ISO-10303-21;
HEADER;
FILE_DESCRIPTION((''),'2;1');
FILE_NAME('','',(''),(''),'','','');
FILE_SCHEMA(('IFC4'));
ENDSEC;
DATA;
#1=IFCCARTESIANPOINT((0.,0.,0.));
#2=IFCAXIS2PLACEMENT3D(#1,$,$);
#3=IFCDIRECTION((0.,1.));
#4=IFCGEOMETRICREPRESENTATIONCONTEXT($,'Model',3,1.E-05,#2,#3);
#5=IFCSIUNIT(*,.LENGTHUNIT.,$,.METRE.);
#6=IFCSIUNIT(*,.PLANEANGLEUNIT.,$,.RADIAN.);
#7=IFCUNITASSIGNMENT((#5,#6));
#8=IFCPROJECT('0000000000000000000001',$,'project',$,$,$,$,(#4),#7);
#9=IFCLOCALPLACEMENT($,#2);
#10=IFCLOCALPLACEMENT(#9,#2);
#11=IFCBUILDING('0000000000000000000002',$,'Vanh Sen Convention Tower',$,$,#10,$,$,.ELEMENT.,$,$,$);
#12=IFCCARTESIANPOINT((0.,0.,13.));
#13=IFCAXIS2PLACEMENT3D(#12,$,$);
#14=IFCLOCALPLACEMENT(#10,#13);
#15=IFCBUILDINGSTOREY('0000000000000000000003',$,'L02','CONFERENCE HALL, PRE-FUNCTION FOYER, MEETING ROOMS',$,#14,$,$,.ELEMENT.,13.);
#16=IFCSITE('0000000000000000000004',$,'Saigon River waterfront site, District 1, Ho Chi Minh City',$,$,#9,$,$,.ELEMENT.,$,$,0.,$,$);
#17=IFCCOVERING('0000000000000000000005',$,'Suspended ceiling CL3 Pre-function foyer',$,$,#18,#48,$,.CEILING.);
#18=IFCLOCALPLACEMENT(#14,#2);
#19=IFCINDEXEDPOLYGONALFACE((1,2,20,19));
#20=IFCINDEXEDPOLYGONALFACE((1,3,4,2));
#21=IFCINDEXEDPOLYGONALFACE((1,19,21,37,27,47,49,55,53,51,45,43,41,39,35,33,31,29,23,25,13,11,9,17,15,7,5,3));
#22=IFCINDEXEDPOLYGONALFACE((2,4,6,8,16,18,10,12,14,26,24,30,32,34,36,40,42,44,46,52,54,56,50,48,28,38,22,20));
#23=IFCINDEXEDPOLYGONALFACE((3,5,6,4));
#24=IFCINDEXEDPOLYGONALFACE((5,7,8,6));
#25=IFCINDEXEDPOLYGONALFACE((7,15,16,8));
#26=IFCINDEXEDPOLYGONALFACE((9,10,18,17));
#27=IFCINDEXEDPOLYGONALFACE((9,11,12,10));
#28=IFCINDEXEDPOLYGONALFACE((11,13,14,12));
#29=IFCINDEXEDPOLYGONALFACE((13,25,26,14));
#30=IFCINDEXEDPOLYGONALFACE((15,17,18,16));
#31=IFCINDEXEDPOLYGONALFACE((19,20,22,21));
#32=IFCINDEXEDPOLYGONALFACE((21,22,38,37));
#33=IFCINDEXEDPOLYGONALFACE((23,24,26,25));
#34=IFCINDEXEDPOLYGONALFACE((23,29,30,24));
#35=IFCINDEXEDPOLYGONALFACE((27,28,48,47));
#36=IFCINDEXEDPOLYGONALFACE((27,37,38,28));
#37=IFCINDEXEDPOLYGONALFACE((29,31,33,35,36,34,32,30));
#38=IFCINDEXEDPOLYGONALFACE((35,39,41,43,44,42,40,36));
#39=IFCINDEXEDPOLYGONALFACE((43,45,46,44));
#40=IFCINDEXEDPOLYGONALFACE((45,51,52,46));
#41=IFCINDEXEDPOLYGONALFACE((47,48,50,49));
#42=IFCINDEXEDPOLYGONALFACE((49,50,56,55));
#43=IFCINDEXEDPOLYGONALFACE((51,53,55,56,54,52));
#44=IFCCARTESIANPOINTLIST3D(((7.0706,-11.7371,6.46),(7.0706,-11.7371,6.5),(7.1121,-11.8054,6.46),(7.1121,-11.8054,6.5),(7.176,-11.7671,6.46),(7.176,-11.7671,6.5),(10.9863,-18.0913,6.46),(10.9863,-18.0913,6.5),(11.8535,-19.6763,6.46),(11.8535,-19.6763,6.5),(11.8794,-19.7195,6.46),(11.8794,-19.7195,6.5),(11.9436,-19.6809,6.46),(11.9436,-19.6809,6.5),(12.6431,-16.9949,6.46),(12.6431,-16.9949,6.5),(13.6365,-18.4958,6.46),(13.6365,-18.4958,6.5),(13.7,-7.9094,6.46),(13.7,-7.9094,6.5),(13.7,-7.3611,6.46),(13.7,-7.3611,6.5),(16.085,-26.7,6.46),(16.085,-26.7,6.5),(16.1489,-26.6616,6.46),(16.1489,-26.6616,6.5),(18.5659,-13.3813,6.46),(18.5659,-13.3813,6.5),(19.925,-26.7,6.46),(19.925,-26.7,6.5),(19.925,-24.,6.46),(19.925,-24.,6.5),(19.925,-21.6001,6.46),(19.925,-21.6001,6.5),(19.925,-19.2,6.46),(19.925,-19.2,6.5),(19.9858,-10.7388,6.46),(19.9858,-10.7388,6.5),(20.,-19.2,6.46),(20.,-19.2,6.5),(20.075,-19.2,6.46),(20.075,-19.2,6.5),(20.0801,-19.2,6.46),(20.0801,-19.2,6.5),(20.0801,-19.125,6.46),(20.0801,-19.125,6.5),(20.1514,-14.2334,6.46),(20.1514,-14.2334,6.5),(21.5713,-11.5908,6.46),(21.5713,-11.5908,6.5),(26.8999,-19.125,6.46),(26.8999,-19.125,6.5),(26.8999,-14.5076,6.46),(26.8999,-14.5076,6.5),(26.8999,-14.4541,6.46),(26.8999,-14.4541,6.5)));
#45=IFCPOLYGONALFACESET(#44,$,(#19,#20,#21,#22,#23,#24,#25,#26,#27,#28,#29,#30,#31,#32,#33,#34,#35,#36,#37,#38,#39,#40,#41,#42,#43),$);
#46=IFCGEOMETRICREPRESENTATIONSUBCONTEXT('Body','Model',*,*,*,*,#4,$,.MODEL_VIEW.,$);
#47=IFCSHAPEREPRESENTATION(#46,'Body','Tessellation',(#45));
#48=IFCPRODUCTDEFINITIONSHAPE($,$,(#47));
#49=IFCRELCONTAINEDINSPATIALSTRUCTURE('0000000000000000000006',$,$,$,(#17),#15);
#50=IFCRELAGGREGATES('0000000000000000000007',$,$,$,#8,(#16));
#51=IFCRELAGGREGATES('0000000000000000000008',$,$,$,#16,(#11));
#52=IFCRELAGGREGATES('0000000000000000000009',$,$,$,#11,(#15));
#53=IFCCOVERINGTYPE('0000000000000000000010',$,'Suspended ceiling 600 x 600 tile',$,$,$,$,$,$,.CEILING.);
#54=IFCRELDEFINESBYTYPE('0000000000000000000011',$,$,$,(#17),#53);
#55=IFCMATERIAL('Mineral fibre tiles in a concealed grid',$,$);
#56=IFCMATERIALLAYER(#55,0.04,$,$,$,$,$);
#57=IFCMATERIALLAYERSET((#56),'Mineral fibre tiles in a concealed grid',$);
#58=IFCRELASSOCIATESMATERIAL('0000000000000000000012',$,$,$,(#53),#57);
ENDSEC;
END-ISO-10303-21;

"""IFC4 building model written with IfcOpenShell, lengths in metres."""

from ifc_helpers import new_model, si_unit, direction, frame, origin, place, context, subcontext, project, spatial, polyline, outline, extrude, material, layer, layer_set, type_object, element, save


model = new_model("IFC4")

# Units and contexts
model_context = context("Model", 3, precision=1e-05, world=origin(), true_north=direction((0.0, 1.0)))
body_context = subcontext(model_context, "Body", "Model", "MODEL_VIEW")
ifc_project = project(units=[si_unit("LENGTHUNIT", "METRE"), si_unit("PLANEANGLEUNIT", "RADIAN")], contexts=[model_context])

# Site, building, storey
site_placement = place(None, origin())
site = spatial("IfcSite", under=ifc_project, at=site_placement, Name="Saigon River waterfront site, District 1, Ho Chi Minh City", CompositionType="ELEMENT", RefElevation=0.0)
building_placement = place(site_placement, origin())
building = spatial("IfcBuilding", under=site, at=building_placement, Name="Vanh Sen Convention Tower", CompositionType="ELEMENT")
storey_placement = place(building_placement, frame((0.0, 0.0, 13.0)))
storey = spatial("IfcBuildingStorey", under=building, at=storey_placement, Name="L02", Description="CONFERENCE HALL, PRE-FUNCTION FOYER, MEETING ROOMS", CompositionType="ELEMENT", Elevation=13.0)

# Covering
ifc_material_1 = material(Name="Mineral fibre tiles in a concealed grid")
ifc_layer_1 = layer(ifc_material_1, 0.04)
ifc_layer_set_1 = layer_set([ifc_layer_1], Name="Mineral fibre tiles in a concealed grid")
covering_type = type_object("IfcCoveringType", Name="Suspended ceiling 600 x 600 tile", PredefinedType="CEILING", material=ifc_layer_set_1)
covering_placement = place(storey_placement, frame((0.0, 0.0, 6.46)))
element("IfcCovering", 1, at=covering_placement, inside=storey, type_object=covering_type, Name="Suspended ceiling CL3 Pre-function foyer", PredefinedType="CEILING", context=body_context, shape_type="SweptSolid", body=[
    extrude(outline(polyline([(20.0, -19.2), (20.075, -19.2), (20.0801, -19.2), (20.0801, -19.125), (26.8999, -19.125), (26.8999, -14.5076), (26.8999, -14.4541), (21.5713, -11.5908), (20.1514, -14.2334), (18.5659, -13.3813), (19.9858, -10.7388), (13.7, -7.3611), (13.7, -7.9094), (7.0706, -11.7371), (7.1121, -11.8054), (7.176, -11.7671), (10.9863, -18.0913), (12.6431, -16.9949), (13.6365, -18.4958), (11.8535, -19.6763), (11.8794, -19.7195), (11.9436, -19.6809), (16.1489, -26.6616), (16.085, -26.7), (19.925, -26.7), (19.925, -24.0), (19.925, -21.6001), (19.925, -19.2), (20.0, -19.2)])), origin(), (0.0, 0.0, 1.0), 0.04),
])

save(model, "model.ifc")
